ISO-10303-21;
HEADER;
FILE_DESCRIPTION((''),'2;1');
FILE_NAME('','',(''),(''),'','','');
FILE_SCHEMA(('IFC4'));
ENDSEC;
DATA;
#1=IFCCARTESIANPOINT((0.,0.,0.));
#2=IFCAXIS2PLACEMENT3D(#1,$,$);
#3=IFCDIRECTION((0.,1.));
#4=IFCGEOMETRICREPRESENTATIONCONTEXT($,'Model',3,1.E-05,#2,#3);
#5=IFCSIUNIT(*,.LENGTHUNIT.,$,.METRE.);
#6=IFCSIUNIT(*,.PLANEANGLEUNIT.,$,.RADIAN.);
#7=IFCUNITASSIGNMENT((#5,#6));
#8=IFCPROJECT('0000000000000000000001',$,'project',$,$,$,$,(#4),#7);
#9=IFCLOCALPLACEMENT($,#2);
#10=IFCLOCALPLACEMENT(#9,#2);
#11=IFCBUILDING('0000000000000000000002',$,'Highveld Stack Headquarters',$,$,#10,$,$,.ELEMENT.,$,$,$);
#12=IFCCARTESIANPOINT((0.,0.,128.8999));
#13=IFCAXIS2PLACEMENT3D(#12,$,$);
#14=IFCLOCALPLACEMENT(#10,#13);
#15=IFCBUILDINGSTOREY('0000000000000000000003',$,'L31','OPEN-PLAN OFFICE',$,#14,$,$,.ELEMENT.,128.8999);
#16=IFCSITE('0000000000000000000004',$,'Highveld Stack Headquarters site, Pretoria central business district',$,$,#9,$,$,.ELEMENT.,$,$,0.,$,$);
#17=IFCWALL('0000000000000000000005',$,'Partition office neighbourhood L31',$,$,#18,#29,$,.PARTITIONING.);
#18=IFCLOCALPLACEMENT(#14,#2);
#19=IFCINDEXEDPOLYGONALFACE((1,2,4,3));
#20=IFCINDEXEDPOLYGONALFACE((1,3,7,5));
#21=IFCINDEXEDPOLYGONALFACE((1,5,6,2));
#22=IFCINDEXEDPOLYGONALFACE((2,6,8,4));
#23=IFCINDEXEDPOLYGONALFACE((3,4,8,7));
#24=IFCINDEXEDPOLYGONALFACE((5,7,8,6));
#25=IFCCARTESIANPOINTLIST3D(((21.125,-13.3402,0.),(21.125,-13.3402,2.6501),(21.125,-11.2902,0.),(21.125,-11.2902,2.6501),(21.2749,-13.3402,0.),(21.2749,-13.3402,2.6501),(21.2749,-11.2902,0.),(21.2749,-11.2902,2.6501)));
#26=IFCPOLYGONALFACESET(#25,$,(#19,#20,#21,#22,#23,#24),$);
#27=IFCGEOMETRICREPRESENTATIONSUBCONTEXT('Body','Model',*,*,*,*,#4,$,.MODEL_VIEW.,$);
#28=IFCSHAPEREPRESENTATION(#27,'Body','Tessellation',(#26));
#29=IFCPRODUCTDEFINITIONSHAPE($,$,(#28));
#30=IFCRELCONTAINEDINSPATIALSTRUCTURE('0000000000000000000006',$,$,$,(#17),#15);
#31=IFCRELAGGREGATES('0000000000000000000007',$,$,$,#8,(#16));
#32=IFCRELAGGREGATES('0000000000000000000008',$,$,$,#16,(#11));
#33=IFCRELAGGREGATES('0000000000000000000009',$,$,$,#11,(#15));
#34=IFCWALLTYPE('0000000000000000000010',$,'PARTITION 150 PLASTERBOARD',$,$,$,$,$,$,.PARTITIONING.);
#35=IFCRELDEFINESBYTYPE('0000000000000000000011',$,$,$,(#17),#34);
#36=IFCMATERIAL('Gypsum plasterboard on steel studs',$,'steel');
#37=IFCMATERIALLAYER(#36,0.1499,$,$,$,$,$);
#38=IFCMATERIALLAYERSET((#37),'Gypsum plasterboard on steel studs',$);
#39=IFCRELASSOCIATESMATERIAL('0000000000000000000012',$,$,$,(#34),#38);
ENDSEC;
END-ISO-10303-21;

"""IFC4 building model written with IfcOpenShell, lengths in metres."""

from ifc_helpers import new_model, si_unit, direction, frame, frame_2d, origin, place, context, subcontext, project, spatial, rectangle, extrude, material, layer, layer_set, type_object, element, save


model = new_model("IFC4")

# Units and contexts
model_context = context("Model", 3, precision=1e-05, world=origin(), true_north=direction((0.0, 1.0)))
body_context = subcontext(model_context, "Body", "Model", "MODEL_VIEW")
ifc_project = project(units=[si_unit("LENGTHUNIT", "METRE"), si_unit("PLANEANGLEUNIT", "RADIAN")], contexts=[model_context])

# Site, building, storey
site_placement = place(None, origin())
site = spatial("IfcSite", under=ifc_project, at=site_placement, Name="Highveld Stack Headquarters site, Pretoria central business district", CompositionType="ELEMENT", RefElevation=0.0)
building_placement = place(site_placement, origin())
building = spatial("IfcBuilding", under=site, at=building_placement, Name="Highveld Stack Headquarters", CompositionType="ELEMENT")
storey_placement = place(building_placement, frame((0.0, 0.0, 128.8999)))
storey = spatial("IfcBuildingStorey", under=building, at=storey_placement, Name="L31", Description="OPEN-PLAN OFFICE", CompositionType="ELEMENT", Elevation=128.8999)

# Shared definitions
ifc_material_1 = material(Name="Gypsum plasterboard on steel studs", Category="steel")
ifc_layer_1 = layer(ifc_material_1, 0.1499)
ifc_layer_set_1 = layer_set([ifc_layer_1], Name="Gypsum plasterboard on steel studs")
wall_type = type_object("IfcWallType", Name="PARTITION 150 PLASTERBOARD", PredefinedType="PARTITIONING", material=ifc_layer_set_1)

# Wall
wall_1_placement = place(storey_placement, frame((21.2, -13.3401, 0.0), z_axis=(0.0, 0.0, 1.0), x_axis=(0.0, 1.0, 0.0)))
element("IfcWall", 1, at=wall_1_placement, inside=storey, type_object=wall_type, Name="Partition office neighbourhood L31", PredefinedType="PARTITIONING", context=body_context, shape_type="SweptSolid", body=[
    extrude(rectangle(XDim=2.05, YDim=0.1499, at=frame_2d((1.0249, 0.0))), origin(), (0.0, 0.0, 1.0), 2.6501),
])

save(model, "model.ifc")
